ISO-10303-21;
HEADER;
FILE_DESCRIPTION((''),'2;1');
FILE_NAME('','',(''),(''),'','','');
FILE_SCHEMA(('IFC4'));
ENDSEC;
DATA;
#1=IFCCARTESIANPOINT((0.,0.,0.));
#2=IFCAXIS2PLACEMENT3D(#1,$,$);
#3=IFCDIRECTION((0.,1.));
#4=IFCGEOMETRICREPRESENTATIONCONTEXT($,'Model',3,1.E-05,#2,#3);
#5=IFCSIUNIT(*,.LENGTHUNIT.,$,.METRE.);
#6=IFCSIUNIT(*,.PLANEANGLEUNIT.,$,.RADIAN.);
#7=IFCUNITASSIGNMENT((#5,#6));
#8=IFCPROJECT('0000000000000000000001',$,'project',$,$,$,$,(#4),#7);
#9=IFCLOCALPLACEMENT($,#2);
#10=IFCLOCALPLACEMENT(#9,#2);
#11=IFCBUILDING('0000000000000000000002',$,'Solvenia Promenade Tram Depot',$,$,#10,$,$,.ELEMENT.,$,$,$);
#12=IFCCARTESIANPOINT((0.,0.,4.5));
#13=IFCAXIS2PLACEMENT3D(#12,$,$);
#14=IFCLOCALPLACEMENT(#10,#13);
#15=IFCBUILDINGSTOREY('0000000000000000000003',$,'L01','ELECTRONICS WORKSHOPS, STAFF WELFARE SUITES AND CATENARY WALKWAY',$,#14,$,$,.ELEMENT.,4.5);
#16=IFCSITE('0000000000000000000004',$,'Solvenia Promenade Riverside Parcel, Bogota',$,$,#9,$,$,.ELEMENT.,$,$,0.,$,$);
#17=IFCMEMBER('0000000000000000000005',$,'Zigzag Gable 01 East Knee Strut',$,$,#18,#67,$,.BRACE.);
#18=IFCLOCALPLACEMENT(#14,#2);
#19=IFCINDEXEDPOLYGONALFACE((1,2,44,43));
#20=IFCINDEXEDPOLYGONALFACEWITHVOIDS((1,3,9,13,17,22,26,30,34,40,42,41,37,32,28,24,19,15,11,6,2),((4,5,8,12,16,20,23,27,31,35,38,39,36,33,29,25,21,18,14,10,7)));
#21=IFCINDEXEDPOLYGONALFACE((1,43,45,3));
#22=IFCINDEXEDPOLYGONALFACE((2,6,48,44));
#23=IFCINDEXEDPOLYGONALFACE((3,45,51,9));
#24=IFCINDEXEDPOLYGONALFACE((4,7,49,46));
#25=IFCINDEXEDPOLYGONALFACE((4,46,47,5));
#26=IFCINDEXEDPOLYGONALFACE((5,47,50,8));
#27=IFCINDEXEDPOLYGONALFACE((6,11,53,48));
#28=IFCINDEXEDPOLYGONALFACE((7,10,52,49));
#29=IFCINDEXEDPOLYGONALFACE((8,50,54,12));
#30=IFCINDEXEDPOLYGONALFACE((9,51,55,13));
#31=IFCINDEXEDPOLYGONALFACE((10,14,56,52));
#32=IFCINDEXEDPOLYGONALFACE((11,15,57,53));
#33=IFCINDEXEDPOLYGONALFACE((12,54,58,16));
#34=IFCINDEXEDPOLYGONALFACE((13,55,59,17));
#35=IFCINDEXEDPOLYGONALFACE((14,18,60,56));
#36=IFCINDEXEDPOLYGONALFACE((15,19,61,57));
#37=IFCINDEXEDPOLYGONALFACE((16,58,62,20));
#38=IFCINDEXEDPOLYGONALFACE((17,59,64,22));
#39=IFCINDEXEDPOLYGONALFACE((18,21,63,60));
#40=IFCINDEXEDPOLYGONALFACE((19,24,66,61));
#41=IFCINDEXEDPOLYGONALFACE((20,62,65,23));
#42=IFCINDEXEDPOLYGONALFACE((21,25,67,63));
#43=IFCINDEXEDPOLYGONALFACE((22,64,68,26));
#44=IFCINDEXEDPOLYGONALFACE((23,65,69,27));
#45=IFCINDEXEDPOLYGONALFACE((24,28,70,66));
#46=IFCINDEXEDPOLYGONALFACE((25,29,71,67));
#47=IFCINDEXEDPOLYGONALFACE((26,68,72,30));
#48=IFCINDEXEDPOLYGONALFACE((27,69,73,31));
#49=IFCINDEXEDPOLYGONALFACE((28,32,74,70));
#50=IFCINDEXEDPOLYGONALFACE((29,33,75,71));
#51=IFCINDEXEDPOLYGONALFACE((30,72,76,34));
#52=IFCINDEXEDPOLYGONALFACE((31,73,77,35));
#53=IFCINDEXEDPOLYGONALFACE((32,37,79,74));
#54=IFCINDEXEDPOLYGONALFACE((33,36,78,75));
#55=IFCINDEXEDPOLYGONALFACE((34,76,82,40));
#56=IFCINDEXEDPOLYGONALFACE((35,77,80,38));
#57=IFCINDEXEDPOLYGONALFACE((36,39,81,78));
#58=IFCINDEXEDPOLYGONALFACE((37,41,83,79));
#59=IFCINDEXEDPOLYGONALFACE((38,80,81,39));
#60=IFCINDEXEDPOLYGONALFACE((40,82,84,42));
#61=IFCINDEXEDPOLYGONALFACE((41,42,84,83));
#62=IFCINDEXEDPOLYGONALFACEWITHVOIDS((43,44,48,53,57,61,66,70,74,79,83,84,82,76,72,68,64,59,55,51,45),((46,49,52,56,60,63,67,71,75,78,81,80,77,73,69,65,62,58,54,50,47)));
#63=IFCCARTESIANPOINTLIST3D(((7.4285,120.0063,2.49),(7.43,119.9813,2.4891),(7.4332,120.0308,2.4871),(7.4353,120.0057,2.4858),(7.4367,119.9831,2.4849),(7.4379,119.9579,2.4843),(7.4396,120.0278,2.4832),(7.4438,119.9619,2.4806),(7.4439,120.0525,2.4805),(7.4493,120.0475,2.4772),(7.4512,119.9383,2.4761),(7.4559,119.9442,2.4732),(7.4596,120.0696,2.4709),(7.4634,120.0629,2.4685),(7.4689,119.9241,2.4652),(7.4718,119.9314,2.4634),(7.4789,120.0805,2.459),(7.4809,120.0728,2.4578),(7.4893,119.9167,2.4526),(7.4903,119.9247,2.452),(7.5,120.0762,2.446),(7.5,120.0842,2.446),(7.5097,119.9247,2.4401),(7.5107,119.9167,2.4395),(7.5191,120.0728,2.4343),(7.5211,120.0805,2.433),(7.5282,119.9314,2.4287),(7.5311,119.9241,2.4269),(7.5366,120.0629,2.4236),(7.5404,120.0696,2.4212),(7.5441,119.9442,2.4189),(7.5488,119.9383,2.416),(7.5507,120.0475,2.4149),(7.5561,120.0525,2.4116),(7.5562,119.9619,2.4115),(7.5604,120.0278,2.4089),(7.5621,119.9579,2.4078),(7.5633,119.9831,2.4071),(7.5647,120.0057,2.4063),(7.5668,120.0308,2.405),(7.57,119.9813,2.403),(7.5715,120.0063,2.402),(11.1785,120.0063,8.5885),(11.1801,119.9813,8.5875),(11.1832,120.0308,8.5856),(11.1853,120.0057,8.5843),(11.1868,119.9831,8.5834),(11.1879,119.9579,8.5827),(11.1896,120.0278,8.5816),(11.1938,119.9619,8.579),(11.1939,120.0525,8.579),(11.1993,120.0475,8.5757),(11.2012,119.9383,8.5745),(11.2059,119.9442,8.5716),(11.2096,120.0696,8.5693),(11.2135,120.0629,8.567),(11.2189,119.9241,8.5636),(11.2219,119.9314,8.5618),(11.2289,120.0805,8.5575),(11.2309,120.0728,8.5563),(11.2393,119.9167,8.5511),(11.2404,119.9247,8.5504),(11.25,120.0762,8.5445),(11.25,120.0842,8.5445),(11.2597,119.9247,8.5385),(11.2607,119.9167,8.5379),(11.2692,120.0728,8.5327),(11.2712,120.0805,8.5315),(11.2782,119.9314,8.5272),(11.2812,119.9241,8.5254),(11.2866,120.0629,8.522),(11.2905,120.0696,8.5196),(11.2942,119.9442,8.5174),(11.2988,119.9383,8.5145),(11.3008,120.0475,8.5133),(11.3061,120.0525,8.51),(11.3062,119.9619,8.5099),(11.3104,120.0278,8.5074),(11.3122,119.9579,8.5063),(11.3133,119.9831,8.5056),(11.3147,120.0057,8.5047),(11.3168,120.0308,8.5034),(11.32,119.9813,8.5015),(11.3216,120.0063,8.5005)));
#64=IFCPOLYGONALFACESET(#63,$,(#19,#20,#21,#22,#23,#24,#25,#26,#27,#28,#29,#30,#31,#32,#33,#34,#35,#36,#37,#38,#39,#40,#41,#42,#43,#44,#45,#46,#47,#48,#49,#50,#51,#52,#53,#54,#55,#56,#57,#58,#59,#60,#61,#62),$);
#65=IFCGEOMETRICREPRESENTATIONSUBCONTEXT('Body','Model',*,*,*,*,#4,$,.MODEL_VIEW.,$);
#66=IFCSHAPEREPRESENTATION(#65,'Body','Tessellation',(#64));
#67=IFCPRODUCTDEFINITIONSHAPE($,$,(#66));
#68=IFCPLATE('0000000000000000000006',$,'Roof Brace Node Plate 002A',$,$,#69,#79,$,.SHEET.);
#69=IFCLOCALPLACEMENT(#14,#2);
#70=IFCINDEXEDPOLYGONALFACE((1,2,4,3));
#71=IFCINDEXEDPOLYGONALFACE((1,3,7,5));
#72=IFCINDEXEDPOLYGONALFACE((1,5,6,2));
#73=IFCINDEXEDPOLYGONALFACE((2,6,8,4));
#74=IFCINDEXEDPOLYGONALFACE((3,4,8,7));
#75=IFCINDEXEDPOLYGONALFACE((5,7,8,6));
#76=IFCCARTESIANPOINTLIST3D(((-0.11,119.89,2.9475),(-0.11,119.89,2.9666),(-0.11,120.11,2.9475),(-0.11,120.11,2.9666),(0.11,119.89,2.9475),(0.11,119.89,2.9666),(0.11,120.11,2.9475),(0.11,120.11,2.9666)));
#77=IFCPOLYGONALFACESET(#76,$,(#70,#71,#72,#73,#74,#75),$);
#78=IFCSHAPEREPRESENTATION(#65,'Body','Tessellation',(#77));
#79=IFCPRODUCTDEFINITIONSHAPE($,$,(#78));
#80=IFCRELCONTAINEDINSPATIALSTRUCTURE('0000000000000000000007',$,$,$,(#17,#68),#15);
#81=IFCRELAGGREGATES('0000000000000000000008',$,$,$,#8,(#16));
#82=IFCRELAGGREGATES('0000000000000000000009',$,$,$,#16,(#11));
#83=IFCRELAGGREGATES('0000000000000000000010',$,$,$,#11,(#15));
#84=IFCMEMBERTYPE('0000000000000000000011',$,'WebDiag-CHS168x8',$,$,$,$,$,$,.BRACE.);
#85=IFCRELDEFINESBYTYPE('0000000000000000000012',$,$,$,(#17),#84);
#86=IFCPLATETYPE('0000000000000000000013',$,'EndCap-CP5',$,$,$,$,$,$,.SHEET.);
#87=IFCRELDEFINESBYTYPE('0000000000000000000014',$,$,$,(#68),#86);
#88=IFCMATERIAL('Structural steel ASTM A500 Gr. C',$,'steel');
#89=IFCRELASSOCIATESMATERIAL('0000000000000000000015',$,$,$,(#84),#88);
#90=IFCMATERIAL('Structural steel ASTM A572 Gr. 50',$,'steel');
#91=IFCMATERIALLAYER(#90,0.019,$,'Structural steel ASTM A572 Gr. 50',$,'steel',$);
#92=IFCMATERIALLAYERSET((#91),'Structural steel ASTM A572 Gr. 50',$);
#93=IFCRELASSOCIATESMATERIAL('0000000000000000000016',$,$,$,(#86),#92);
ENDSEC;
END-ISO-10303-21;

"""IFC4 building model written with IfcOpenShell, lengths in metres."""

from ifc_helpers import new_model, si_unit, direction, frame, origin, origin_2d, place, context, subcontext, project, spatial, rectangle, hollow_circle, extrude, material, layer, layer_set, material_profile, profile_set, type_object, element, save


model = new_model("IFC4")

# Units and contexts
model_context = context("Model", 3, precision=1e-05, world=origin(), true_north=direction((0.0, 1.0)))
body_context = subcontext(model_context, "Body", "Model", "MODEL_VIEW")
ifc_project = project(units=[si_unit("LENGTHUNIT", "METRE"), si_unit("PLANEANGLEUNIT", "RADIAN")], contexts=[model_context])

# Site, building, storey
site_placement = place(None, origin())
site = spatial("IfcSite", under=ifc_project, at=site_placement, Name="Solvenia Promenade Riverside Parcel, Bogota", CompositionType="ELEMENT", RefElevation=0.0)
building_placement = place(site_placement, origin())
building = spatial("IfcBuilding", under=site, at=building_placement, Name="Solvenia Promenade Tram Depot", CompositionType="ELEMENT")
storey_placement = place(building_placement, frame((0.0, 0.0, 4.5)))
storey = spatial("IfcBuildingStorey", under=building, at=storey_placement, Name="L01", Description="ELECTRONICS WORKSHOPS, STAFF WELFARE SUITES AND CATENARY WALKWAY", CompositionType="ELEMENT", Elevation=4.5)

# Shared definitions
ifc_material_1 = material(Name="Structural steel ASTM A500 Gr. C", Category="steel")

# Member
ifc_material_profile_1 = material_profile(ifc_material_1, hollow_circle(Radius=0.0842, WallThickness=0.0081, at=origin_2d()), Name="CHS168.3x8", Category="steel")
ifc_profile_set_1 = profile_set([ifc_material_profile_1], Name="Structural steel ASTM A500 Gr. C")
member_type_1 = type_object("IfcMemberType", Name="WebDiag-CHS168x8", PredefinedType="BRACE", material=ifc_profile_set_1)
for number, where, z_axis, x_axis, name in (
    (1, (7.5, 120.0, 2.446), (0.523808, 0.0, 0.851836), (0.0, 1.0, 0.0), "Zigzag Gable 01 East Knee Strut"),
):
    element("IfcMember", number, at=place(storey_placement, frame(where, z_axis=z_axis, x_axis=x_axis)), inside=storey, type_object=member_type_1, Name=name, PredefinedType="BRACE", context=body_context, shape_type="SweptSolid", body=[
        extrude(hollow_circle(Radius=0.0842, WallThickness=0.0081, at=origin_2d()), origin(), (0.0, 0.0, 1.0), 7.1592),
    ])

# Plate
ifc_material_2 = material(Name="Structural steel ASTM A572 Gr. 50", Category="steel")
ifc_layer = layer(ifc_material_2, 0.019, Name="Structural steel ASTM A572 Gr. 50", Category="steel")
ifc_layer_set = layer_set([ifc_layer], Name="Structural steel ASTM A572 Gr. 50")
plate_type = type_object("IfcPlateType", Name="EndCap-CP5", PredefinedType="SHEET", material=ifc_layer_set)
plate_placement = place(storey_placement, frame((0.0, 120.0, 2.9475), z_axis=(0.0, 0.0, 1.0), x_axis=(1.0, 0.0, 0.0)))
element("IfcPlate", 2, at=plate_placement, inside=storey, type_object=plate_type, Name="Roof Brace Node Plate 002A", PredefinedType="SHEET", context=body_context, shape_type="SweptSolid", body=[
    extrude(rectangle(XDim=0.22, YDim=0.22, at=origin_2d()), origin(), (0.0, 0.0, 1.0), 0.019),
])

save(model, "model.ifc")
